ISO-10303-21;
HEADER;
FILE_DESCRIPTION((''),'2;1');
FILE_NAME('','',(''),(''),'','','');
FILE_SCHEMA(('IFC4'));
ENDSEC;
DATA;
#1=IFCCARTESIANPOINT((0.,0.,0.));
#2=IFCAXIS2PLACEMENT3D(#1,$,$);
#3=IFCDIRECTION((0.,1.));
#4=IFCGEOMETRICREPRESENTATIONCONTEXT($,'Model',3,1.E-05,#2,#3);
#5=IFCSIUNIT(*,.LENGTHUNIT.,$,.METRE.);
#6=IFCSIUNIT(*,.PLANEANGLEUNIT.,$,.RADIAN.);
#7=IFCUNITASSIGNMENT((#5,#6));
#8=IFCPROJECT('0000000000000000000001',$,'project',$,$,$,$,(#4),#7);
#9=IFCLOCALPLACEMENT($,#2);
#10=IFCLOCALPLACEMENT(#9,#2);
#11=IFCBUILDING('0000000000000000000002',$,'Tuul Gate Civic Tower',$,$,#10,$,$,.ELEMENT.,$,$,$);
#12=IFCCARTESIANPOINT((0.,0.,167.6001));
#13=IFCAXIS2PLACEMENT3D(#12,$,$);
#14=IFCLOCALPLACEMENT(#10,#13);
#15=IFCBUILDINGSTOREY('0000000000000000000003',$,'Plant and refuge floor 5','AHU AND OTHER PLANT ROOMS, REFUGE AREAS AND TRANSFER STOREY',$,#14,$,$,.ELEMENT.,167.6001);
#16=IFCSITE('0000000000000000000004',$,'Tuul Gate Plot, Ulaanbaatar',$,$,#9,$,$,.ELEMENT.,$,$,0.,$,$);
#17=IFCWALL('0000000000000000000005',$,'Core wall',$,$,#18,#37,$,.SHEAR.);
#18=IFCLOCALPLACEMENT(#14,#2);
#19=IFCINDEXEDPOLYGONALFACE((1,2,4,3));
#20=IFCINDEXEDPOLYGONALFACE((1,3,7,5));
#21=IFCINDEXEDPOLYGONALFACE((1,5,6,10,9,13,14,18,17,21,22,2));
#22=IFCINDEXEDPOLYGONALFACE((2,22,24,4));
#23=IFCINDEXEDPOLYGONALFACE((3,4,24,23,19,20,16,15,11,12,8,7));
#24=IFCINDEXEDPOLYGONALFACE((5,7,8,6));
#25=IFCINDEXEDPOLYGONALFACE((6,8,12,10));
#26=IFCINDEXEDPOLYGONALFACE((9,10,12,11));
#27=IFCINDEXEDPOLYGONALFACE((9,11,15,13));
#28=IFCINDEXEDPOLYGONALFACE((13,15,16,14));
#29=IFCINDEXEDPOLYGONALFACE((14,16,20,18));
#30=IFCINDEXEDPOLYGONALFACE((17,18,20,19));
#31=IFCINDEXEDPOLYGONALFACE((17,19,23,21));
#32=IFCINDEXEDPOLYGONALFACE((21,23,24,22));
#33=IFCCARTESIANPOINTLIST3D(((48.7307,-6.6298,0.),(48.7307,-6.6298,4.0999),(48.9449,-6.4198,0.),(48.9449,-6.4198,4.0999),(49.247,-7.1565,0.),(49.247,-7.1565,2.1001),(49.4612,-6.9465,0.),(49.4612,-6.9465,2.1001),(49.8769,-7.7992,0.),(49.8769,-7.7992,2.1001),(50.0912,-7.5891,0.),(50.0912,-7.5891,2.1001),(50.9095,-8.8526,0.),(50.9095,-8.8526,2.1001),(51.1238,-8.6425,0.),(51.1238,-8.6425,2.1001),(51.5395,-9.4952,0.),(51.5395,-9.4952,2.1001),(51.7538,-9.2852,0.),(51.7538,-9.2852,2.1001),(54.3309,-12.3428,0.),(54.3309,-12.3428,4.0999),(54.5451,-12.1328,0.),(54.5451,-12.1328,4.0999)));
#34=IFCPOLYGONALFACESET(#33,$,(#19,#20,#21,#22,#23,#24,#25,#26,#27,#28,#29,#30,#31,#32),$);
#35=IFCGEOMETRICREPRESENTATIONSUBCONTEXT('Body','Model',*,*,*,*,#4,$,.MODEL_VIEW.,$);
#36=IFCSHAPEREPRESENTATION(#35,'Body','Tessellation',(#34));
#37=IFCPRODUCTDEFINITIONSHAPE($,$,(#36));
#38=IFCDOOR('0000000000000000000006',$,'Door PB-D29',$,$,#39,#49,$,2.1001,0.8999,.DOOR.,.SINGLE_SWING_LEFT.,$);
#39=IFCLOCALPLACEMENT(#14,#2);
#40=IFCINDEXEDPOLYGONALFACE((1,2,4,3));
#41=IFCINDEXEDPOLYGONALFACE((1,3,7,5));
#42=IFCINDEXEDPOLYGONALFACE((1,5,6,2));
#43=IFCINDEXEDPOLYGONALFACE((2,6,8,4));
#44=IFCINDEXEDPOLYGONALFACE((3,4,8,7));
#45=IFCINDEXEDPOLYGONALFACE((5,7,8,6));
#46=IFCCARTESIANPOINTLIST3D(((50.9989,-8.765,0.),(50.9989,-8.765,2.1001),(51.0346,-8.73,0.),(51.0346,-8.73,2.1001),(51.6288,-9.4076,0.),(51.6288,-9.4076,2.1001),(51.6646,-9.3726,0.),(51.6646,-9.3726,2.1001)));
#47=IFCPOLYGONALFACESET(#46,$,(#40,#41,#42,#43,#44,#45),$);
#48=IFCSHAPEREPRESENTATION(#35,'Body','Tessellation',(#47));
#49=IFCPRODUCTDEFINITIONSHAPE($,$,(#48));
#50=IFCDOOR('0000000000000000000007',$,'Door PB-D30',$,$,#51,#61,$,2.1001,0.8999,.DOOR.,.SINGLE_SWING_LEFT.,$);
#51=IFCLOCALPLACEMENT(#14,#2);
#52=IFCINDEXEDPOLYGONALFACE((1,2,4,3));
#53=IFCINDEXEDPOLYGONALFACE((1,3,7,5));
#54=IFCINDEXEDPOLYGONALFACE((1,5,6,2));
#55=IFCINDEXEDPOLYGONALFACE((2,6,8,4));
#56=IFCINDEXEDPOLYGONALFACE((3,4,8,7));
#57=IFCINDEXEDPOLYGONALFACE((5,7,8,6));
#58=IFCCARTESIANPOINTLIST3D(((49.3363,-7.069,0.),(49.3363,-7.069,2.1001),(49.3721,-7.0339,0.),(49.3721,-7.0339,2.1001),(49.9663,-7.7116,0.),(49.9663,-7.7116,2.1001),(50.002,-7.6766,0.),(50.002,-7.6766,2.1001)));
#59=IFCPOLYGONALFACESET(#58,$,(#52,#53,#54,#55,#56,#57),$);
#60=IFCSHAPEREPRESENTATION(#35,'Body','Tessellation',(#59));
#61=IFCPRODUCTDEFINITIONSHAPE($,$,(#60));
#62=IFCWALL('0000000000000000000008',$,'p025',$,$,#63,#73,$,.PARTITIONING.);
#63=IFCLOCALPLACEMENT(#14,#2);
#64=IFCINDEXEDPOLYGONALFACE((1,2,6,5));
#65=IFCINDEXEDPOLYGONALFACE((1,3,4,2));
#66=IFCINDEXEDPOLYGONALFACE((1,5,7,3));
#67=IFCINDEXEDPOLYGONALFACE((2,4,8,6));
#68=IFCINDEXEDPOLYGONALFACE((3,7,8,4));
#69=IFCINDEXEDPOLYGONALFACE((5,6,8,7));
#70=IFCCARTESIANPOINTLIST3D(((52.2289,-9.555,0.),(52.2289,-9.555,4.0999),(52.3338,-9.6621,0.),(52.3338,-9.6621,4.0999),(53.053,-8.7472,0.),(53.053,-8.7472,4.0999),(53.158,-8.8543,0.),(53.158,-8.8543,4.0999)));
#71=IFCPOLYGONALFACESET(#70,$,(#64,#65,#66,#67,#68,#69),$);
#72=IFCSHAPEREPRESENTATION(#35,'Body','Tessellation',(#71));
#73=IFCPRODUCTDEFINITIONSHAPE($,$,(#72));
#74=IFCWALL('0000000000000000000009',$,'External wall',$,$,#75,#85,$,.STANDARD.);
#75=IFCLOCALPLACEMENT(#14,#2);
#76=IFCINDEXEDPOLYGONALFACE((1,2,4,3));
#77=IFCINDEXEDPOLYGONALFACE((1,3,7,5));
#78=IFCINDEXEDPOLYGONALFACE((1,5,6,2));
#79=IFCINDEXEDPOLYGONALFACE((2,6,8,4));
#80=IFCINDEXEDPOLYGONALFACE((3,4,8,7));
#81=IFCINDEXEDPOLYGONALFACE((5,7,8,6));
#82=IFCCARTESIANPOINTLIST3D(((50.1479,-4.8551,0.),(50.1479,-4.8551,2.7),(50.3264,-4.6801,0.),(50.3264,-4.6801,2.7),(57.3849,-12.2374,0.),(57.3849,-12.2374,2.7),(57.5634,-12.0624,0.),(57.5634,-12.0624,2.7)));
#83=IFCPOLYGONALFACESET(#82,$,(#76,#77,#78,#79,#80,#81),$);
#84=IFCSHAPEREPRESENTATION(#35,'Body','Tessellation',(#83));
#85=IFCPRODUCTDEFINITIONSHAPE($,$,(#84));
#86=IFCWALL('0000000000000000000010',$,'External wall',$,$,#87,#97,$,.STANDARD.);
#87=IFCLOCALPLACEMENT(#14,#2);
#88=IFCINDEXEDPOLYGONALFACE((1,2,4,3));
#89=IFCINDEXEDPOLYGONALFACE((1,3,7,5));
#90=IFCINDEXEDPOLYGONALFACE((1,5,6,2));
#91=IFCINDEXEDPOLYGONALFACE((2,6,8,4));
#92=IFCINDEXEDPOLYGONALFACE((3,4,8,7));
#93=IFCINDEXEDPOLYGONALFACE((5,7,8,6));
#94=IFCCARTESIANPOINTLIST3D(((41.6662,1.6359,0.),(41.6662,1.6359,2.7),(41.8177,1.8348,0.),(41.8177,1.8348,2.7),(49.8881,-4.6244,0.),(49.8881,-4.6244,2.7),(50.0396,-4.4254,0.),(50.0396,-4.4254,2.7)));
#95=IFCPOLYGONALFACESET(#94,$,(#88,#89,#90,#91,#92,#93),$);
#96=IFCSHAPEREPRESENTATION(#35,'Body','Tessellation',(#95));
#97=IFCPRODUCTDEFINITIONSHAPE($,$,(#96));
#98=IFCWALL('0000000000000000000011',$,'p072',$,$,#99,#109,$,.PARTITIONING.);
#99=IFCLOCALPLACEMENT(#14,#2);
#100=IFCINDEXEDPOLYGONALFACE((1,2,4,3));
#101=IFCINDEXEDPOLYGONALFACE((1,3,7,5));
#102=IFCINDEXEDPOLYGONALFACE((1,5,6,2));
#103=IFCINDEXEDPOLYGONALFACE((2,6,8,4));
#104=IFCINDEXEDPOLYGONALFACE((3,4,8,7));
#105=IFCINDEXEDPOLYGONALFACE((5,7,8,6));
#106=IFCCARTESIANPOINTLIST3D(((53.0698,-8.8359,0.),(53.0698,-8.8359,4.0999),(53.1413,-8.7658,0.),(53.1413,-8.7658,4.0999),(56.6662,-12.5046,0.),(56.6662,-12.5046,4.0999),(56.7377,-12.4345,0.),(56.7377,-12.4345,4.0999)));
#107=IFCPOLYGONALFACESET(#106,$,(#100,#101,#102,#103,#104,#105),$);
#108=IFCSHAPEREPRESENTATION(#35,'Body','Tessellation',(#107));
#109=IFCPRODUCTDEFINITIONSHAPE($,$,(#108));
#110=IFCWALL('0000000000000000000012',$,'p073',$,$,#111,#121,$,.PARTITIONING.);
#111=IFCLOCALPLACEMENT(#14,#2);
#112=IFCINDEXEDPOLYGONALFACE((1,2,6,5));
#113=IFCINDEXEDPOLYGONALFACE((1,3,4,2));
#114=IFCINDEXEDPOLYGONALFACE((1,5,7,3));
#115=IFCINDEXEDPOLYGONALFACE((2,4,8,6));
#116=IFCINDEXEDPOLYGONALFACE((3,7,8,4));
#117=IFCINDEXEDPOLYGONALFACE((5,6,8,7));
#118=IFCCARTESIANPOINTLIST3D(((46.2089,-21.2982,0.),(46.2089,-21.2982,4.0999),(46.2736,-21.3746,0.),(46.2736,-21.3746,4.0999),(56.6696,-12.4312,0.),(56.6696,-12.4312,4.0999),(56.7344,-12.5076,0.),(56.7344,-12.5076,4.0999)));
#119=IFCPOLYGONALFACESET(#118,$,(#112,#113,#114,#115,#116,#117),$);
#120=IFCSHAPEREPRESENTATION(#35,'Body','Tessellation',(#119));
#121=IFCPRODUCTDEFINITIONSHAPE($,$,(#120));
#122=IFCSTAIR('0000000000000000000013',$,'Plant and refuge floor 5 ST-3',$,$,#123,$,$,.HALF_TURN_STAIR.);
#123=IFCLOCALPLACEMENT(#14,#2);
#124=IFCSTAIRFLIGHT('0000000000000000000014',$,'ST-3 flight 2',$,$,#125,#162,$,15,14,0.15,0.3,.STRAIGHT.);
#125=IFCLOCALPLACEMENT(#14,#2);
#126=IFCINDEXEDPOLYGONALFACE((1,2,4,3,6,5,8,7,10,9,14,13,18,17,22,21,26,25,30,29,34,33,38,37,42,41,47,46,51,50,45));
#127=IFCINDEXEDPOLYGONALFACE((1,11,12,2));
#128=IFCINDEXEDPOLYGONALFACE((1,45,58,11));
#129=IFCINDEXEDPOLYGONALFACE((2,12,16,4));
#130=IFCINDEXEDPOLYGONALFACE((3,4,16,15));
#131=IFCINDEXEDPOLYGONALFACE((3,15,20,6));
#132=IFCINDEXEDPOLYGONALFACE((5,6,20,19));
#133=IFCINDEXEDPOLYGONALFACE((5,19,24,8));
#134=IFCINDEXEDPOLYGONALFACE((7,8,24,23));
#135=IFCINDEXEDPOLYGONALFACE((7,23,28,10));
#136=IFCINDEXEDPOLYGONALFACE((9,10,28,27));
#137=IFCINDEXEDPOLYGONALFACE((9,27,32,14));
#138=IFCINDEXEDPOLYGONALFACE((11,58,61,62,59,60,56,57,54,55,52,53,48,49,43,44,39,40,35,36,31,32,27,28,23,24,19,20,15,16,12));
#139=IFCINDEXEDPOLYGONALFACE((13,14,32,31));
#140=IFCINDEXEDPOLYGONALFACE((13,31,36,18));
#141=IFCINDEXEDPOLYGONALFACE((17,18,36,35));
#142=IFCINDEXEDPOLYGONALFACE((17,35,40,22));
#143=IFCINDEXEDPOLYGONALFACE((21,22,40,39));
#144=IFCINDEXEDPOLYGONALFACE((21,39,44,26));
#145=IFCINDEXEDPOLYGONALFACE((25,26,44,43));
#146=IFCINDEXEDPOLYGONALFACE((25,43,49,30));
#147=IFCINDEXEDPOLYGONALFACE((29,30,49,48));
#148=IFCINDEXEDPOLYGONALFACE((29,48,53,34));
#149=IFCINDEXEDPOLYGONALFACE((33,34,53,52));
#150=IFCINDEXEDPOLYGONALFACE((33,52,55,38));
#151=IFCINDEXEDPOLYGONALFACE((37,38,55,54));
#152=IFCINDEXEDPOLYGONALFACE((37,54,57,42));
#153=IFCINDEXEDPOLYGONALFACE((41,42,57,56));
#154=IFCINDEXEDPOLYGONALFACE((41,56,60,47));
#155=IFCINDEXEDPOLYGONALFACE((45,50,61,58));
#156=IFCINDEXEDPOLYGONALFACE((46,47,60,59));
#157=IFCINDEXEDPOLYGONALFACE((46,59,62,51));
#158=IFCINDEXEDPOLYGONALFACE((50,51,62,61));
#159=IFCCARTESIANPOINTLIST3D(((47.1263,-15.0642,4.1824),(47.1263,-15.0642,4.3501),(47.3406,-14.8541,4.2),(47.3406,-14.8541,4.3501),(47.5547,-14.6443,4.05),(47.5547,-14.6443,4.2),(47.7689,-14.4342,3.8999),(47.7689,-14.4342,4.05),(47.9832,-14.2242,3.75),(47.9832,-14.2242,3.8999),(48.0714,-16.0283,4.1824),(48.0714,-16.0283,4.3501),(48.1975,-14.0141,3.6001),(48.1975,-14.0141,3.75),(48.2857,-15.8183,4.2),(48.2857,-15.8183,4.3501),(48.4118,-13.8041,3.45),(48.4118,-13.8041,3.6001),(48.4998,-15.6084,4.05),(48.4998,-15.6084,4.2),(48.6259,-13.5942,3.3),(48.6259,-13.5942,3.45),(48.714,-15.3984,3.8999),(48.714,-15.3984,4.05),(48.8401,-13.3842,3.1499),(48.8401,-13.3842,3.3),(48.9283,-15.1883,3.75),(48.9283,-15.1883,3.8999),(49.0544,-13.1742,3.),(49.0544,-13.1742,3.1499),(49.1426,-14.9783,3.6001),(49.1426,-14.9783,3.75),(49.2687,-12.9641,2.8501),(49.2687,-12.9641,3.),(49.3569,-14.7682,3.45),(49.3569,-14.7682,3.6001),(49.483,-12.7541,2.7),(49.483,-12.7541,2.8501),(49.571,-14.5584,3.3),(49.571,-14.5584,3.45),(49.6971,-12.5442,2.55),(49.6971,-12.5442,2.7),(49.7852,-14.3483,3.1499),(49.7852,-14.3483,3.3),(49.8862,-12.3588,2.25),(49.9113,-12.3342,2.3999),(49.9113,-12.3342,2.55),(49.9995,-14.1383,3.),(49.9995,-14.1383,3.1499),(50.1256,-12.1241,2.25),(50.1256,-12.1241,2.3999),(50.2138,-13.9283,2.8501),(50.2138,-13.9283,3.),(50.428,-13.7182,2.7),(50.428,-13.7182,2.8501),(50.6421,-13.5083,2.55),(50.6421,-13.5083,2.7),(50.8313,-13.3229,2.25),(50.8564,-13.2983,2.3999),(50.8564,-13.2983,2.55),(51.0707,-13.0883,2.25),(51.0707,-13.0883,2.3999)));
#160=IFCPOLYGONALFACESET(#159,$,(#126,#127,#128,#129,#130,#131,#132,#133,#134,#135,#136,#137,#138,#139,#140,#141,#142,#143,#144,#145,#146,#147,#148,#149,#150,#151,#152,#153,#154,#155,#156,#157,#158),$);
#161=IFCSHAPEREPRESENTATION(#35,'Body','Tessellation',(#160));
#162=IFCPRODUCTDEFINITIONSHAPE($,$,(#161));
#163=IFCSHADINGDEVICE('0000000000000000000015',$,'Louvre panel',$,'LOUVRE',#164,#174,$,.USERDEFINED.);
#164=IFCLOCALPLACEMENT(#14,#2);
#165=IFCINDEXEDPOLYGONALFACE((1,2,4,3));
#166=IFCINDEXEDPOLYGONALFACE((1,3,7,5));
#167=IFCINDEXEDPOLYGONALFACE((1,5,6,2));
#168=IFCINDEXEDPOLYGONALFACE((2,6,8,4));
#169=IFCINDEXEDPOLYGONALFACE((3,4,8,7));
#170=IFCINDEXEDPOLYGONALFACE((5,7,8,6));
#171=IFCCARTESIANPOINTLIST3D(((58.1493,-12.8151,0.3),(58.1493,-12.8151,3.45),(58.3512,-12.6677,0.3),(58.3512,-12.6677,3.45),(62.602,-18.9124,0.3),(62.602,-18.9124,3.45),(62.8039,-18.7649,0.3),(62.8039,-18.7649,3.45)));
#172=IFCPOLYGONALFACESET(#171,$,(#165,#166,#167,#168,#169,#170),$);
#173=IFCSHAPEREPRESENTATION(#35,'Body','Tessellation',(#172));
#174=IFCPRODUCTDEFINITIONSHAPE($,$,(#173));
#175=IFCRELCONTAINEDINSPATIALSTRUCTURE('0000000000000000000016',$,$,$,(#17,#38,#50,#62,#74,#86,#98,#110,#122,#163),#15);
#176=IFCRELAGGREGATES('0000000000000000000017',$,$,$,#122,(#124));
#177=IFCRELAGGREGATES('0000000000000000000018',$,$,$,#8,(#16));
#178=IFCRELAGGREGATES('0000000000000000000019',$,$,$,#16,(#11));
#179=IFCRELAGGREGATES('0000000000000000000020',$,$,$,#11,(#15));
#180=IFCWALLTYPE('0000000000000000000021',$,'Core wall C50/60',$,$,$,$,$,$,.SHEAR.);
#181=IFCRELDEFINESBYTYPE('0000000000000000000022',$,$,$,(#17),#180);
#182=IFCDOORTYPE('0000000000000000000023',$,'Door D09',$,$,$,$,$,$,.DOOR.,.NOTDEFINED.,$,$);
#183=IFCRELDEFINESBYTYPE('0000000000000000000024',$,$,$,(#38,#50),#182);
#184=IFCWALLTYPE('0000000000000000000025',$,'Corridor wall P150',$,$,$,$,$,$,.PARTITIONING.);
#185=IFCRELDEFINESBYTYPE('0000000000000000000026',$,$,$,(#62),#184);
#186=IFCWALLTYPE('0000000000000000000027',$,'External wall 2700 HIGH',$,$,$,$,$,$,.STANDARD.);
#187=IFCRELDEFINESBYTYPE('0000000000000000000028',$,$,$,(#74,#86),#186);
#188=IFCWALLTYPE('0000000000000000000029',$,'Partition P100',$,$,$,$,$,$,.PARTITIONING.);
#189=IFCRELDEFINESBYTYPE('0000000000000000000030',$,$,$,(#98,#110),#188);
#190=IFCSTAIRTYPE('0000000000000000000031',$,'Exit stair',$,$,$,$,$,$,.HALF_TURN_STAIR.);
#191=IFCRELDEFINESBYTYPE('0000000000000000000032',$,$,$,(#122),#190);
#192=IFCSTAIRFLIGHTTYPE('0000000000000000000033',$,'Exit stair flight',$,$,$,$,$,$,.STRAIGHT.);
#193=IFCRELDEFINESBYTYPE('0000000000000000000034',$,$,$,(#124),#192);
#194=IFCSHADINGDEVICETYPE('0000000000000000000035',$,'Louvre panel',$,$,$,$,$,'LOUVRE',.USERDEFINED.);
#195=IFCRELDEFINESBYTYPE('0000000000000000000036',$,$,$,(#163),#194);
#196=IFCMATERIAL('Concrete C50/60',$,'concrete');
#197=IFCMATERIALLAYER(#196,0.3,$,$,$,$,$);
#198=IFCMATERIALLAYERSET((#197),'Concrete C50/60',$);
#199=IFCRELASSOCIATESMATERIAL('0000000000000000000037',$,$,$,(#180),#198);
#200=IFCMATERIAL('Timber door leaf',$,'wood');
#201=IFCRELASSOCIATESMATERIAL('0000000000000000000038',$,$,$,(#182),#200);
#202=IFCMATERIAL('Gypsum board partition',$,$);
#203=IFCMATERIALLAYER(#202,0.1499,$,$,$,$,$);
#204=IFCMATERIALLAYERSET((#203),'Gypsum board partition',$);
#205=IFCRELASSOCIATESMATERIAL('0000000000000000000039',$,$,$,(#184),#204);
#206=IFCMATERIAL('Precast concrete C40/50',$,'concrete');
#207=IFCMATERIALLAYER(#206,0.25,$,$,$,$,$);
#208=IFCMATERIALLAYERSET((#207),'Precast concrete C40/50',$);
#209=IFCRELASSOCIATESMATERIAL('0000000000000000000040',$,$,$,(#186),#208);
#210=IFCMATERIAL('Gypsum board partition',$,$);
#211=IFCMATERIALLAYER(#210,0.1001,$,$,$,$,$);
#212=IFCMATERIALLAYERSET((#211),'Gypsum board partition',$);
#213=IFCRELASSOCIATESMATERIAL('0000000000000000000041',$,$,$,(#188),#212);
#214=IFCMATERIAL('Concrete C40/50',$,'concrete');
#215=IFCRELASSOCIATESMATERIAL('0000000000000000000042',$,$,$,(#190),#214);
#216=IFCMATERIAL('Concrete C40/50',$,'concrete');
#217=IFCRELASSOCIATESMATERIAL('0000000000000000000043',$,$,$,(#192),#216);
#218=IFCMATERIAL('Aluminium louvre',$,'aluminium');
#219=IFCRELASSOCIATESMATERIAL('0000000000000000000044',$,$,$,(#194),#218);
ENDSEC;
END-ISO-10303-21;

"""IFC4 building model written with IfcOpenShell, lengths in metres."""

from ifc_helpers import new_model, si_unit, direction, frame, frame_2d, origin, origin_2d, place, context, subcontext, project, spatial, polyline, rectangle, outline, extrude, material, layer, layer_set, type_object, element, fill, aggregate, save


model = new_model("IFC4")

# Units and contexts
model_context = context("Model", 3, precision=1e-05, world=origin(), true_north=direction((0.0, 1.0)))
body_context = subcontext(model_context, "Body", "Model", "MODEL_VIEW")
ifc_project = project(units=[si_unit("LENGTHUNIT", "METRE"), si_unit("PLANEANGLEUNIT", "RADIAN")], contexts=[model_context])

# Site, building, storey
site_placement = place(None, origin())
site = spatial("IfcSite", under=ifc_project, at=site_placement, Name="Tuul Gate Plot, Ulaanbaatar", CompositionType="ELEMENT", RefElevation=0.0)
building_placement = place(site_placement, origin())
building = spatial("IfcBuilding", under=site, at=building_placement, Name="Tuul Gate Civic Tower", CompositionType="ELEMENT")
storey_placement = place(building_placement, frame((0.0, 0.0, 167.6001)))
storey = spatial("IfcBuildingStorey", under=building, at=storey_placement, Name="Plant and refuge floor 5", Description="AHU AND OTHER PLANT ROOMS, REFUGE AREAS AND TRANSFER STOREY", CompositionType="ELEMENT", Elevation=167.6001)

# Wall, openings, doors
ifc_material_1 = material(Name="Concrete C50/60", Category="concrete")
ifc_layer_1 = layer(ifc_material_1, 0.3)
ifc_layer_set_1 = layer_set([ifc_layer_1], Name="Concrete C50/60")
wall_type_1 = type_object("IfcWallType", Name="Core wall C50/60", PredefinedType="SHEAR", material=ifc_layer_set_1)
wall_1_placement = place(storey_placement, frame((54.438, -12.2378, 0.0), z_axis=(0.0, 0.0, 1.0), x_axis=(-0.700022, 0.714121, 0.0)))
wall_1 = element("IfcWall", 1, at=wall_1_placement, inside=storey, type_object=wall_type_1, Name="Core wall", PredefinedType="SHEAR", context=body_context, shape_type="SweptSolid", body=[
    extrude(rectangle(XDim=8.0, YDim=0.3, at=frame_2d((4.0, 0.0))), origin(), (0.0, 0.0, 1.0), 4.0999),
])
opening_1_placement = place(wall_1_placement, frame((3.9875, 0.0, 0.0)))
opening_1 = element("IfcOpeningElement", 2, at=opening_1_placement, cuts=wall_1, PredefinedType="OPENING", context=body_context, shape_type="SweptSolid", body=[
    extrude(rectangle(XDim=0.8999, YDim=2.1001, at=frame_2d((0.45, 1.05))), frame((0.0, 0.1602, 0.0), z_axis=(0.0, -1.0, 0.0), x_axis=(1.0, 0.0, 0.0)), (0.0, 0.0, 1.0), 0.3201),
])
opening_2_placement = place(wall_1_placement, frame((6.3625, 0.0, 0.0)))
opening_2 = element("IfcOpeningElement", 3, at=opening_2_placement, cuts=wall_1, PredefinedType="OPENING", context=body_context, shape_type="SweptSolid", body=[
    extrude(rectangle(XDim=0.8999, YDim=2.1001, at=frame_2d((0.45, 1.05))), frame((0.0, 0.1602, 0.0), z_axis=(0.0, -1.0, 0.0), x_axis=(1.0, 0.0, 0.0)), (0.0, 0.0, 1.0), 0.3201),
])
ifc_material_2 = material(Name="Timber door leaf", Category="wood")
door_type = type_object("IfcDoorType", Name="Door D09", OperationType="NOTDEFINED", PredefinedType="DOOR", material=ifc_material_2)
door_1_placement = place(opening_1_placement, origin())
door_1 = element("IfcDoor", 4, at=door_1_placement, inside=storey, type_object=door_type, Name="Door PB-D29", OperationType="SINGLE_SWING_LEFT", OverallHeight=2.1001, OverallWidth=0.8999, PredefinedType="DOOR", context=body_context, shape_type="SweptSolid", body=[
    extrude(rectangle(XDim=0.8999, YDim=2.1001, at=frame_2d((0.45, 1.05))), frame((0.0, 0.0249, 0.0), z_axis=(0.0, -1.0, 0.0), x_axis=(1.0, 0.0, 0.0)), (0.0, 0.0, 1.0), 0.05),
])
fill(opening_1, door_1)
door_2_placement = place(opening_2_placement, origin())
door_2 = element("IfcDoor", 5, at=door_2_placement, inside=storey, type_object=door_type, Name="Door PB-D30", OperationType="SINGLE_SWING_LEFT", OverallHeight=2.1001, OverallWidth=0.8999, PredefinedType="DOOR", context=body_context, shape_type="SweptSolid", body=[
    extrude(rectangle(XDim=0.8999, YDim=2.1001, at=frame_2d((0.45, 1.05))), frame((0.0, 0.0249, 0.0), z_axis=(0.0, -1.0, 0.0), x_axis=(1.0, 0.0, 0.0)), (0.0, 0.0, 1.0), 0.05),
])
fill(opening_2, door_2)

# Walls
ifc_material_3 = material(Name="Gypsum board partition")
ifc_layer_2 = layer(ifc_material_3, 0.1499)
ifc_layer_set_2 = layer_set([ifc_layer_2], Name="Gypsum board partition")
wall_type_2 = type_object("IfcWallType", Name="Corridor wall P150", PredefinedType="PARTITIONING", material=ifc_layer_set_2)
wall_2_placement = place(storey_placement, frame((52.2812, -9.6086, 0.0), z_axis=(0.0, 0.0, 1.0), x_axis=(0.714158, 0.699985, 0.0)))
element("IfcWall", 6, at=wall_2_placement, inside=storey, type_object=wall_type_2, Name="p025", PredefinedType="PARTITIONING", context=body_context, shape_type="SweptSolid", body=[
    extrude(rectangle(XDim=1.1541, YDim=0.1499, at=frame_2d((0.5771, 0.0))), origin(), (0.0, 0.0, 1.0), 4.0999),
])
ifc_material_4 = material(Name="Precast concrete C40/50", Category="concrete")
ifc_layer_3 = layer(ifc_material_4, 0.25)
ifc_layer_set_3 = layer_set([ifc_layer_3], Name="Precast concrete C40/50")
wall_type_3 = type_object("IfcWallType", Name="External wall 2700 HIGH", PredefinedType="STANDARD", material=ifc_layer_set_3)
wall_3_placement = place(storey_placement, frame((57.4741, -12.1499, 0.0), z_axis=(0.0, 0.0, 1.0), x_axis=(-0.700046, 0.714098, 0.0)))
element("IfcWall", 7, at=wall_3_placement, inside=storey, type_object=wall_type_3, Name="External wall", PredefinedType="STANDARD", context=body_context, shape_type="SweptSolid", body=[
    extrude(rectangle(XDim=10.3379, YDim=0.25, at=frame_2d((5.1689, 0.0))), origin(), (0.0, 0.0, 1.0), 2.7),
])
wall_4_placement = place(storey_placement, frame((49.9639, -4.5249, 0.0), z_axis=(0.0, 0.0, 1.0), x_axis=(-0.795621, 0.605794, 0.0)))
element("IfcWall", 8, at=wall_4_placement, inside=storey, type_object=wall_type_3, Name="External wall", PredefinedType="STANDARD", context=body_context, shape_type="SweptSolid", body=[
    extrude(rectangle(XDim=10.334, YDim=0.25, at=frame_2d((5.167, 0.0))), origin(), (0.0, 0.0, 1.0), 2.7),
])
ifc_material_5 = material(Name="Gypsum board partition")
ifc_layer_4 = layer(ifc_material_5, 0.1001)
ifc_layer_set_4 = layer_set([ifc_layer_4], Name="Gypsum board partition")
wall_type_4 = type_object("IfcWallType", Name="Partition P100", PredefinedType="PARTITIONING", material=ifc_layer_set_4)
wall_5_placement = place(storey_placement, frame((53.1055, -8.8008, 0.0), z_axis=(0.0, 0.0, 1.0), x_axis=(0.700039, -0.714105, 0.0)))
element("IfcWall", 9, at=wall_5_placement, inside=storey, type_object=wall_type_4, Name="p072", PredefinedType="PARTITIONING", context=body_context, shape_type="SweptSolid", body=[
    extrude(rectangle(XDim=5.1375, YDim=0.1001, at=frame_2d((2.5688, 0.0))), origin(), (0.0, 0.0, 1.0), 4.0999),
])
wall_6_placement = place(storey_placement, frame((56.7019, -12.4695, 0.0), z_axis=(0.0, 0.0, 1.0), x_axis=(-0.762825, -0.646604, 0.0)))
element("IfcWall", 10, at=wall_6_placement, inside=storey, type_object=wall_type_4, Name="p073", PredefinedType="PARTITIONING", context=body_context, shape_type="SweptSolid", body=[
    extrude(rectangle(XDim=13.7131, YDim=0.1001, at=frame_2d((6.8564, 0.0))), origin(), (0.0, 0.0, 1.0), 4.0999),
])

# Stair, stair flight
ifc_material_6 = material(Name="Concrete C40/50", Category="concrete")
stair_type = type_object("IfcStairType", Name="Exit stair", PredefinedType="HALF_TURN_STAIR", material=ifc_material_6)
stair_placement = place(storey_placement, origin())
stair = element("IfcStair", 11, at=stair_placement, inside=storey, type_object=stair_type, Name="Plant and refuge floor 5 ST-3", PredefinedType="HALF_TURN_STAIR")
ifc_material_7 = material(Name="Concrete C40/50", Category="concrete")
stair_flight_type = type_object("IfcStairFlightType", Name="Exit stair flight", PredefinedType="STRAIGHT", material=ifc_material_7)
stair_flight_placement = place(storey_placement, frame((50.5981, -12.6062, 2.25), z_axis=(0.0, 0.0, 1.0), x_axis=(-0.714127, -0.700016, 0.0)))
stair_flight = element("IfcStairFlight", 12, at=stair_flight_placement, type_object=stair_flight_type, Name="ST-3 flight 2", NumberOfRisers=15, NumberOfTreads=14, PredefinedType="STRAIGHT", RiserHeight=0.15, TreadLength=0.3, context=body_context, shape_type="SweptSolid", body=[
    extrude(outline(polyline([(0.0, 0.0), (0.0, 0.1499), (0.3, 0.1499), (0.3, 0.3), (0.6001, 0.3), (0.6001, 0.45), (0.8999, 0.45), (0.8999, 0.6001), (1.2, 0.6001), (1.2, 0.75), (1.5, 0.75), (1.5, 0.8999), (1.8, 0.8999), (1.8, 1.05), (2.1001, 1.05), (2.1001, 1.2), (2.3999, 1.2), (2.3999, 1.3501), (2.7, 1.3501), (2.7, 1.5), (3.0, 1.5), (3.0, 1.6499), (3.3, 1.6499), (3.3, 1.8), (3.6001, 1.8), (3.6001, 1.95), (3.8999, 1.95), (3.8999, 2.1001), (4.2, 2.1001), (4.2, 2.25), (4.2, 1.9324), (0.3352, 0.0), (0.0, 0.0)])), frame((0.0, 0.675, 0.0), z_axis=(0.0, -1.0, 0.0), x_axis=(1.0, 0.0, 0.0)), (0.0, 0.0, 1.0), 1.3501),
])
aggregate(stair, [stair_flight])

# Shading device
ifc_material_8 = material(Name="Aluminium louvre", Category="aluminium")
shading_device_type = type_object("IfcShadingDeviceType", Name="Louvre panel", ElementType="LOUVRE", PredefinedType="USERDEFINED", material=ifc_material_8)
shading_device_1_placement = place(storey_placement, frame((60.4766, -15.79, 0.3), z_axis=(0.0, 0.0, 1.0), x_axis=(0.807578, 0.58976, 0.0)))
element("IfcShadingDevice", 13, at=shading_device_1_placement, inside=storey, type_object=shading_device_type, Name="Louvre panel", ObjectType="LOUVRE", PredefinedType="USERDEFINED", context=body_context, shape_type="SweptSolid", body=[
    extrude(rectangle(XDim=0.25, YDim=7.55, at=origin_2d()), origin(), (0.0, 0.0, 1.0), 3.1499),
])

save(model, "model.ifc")
